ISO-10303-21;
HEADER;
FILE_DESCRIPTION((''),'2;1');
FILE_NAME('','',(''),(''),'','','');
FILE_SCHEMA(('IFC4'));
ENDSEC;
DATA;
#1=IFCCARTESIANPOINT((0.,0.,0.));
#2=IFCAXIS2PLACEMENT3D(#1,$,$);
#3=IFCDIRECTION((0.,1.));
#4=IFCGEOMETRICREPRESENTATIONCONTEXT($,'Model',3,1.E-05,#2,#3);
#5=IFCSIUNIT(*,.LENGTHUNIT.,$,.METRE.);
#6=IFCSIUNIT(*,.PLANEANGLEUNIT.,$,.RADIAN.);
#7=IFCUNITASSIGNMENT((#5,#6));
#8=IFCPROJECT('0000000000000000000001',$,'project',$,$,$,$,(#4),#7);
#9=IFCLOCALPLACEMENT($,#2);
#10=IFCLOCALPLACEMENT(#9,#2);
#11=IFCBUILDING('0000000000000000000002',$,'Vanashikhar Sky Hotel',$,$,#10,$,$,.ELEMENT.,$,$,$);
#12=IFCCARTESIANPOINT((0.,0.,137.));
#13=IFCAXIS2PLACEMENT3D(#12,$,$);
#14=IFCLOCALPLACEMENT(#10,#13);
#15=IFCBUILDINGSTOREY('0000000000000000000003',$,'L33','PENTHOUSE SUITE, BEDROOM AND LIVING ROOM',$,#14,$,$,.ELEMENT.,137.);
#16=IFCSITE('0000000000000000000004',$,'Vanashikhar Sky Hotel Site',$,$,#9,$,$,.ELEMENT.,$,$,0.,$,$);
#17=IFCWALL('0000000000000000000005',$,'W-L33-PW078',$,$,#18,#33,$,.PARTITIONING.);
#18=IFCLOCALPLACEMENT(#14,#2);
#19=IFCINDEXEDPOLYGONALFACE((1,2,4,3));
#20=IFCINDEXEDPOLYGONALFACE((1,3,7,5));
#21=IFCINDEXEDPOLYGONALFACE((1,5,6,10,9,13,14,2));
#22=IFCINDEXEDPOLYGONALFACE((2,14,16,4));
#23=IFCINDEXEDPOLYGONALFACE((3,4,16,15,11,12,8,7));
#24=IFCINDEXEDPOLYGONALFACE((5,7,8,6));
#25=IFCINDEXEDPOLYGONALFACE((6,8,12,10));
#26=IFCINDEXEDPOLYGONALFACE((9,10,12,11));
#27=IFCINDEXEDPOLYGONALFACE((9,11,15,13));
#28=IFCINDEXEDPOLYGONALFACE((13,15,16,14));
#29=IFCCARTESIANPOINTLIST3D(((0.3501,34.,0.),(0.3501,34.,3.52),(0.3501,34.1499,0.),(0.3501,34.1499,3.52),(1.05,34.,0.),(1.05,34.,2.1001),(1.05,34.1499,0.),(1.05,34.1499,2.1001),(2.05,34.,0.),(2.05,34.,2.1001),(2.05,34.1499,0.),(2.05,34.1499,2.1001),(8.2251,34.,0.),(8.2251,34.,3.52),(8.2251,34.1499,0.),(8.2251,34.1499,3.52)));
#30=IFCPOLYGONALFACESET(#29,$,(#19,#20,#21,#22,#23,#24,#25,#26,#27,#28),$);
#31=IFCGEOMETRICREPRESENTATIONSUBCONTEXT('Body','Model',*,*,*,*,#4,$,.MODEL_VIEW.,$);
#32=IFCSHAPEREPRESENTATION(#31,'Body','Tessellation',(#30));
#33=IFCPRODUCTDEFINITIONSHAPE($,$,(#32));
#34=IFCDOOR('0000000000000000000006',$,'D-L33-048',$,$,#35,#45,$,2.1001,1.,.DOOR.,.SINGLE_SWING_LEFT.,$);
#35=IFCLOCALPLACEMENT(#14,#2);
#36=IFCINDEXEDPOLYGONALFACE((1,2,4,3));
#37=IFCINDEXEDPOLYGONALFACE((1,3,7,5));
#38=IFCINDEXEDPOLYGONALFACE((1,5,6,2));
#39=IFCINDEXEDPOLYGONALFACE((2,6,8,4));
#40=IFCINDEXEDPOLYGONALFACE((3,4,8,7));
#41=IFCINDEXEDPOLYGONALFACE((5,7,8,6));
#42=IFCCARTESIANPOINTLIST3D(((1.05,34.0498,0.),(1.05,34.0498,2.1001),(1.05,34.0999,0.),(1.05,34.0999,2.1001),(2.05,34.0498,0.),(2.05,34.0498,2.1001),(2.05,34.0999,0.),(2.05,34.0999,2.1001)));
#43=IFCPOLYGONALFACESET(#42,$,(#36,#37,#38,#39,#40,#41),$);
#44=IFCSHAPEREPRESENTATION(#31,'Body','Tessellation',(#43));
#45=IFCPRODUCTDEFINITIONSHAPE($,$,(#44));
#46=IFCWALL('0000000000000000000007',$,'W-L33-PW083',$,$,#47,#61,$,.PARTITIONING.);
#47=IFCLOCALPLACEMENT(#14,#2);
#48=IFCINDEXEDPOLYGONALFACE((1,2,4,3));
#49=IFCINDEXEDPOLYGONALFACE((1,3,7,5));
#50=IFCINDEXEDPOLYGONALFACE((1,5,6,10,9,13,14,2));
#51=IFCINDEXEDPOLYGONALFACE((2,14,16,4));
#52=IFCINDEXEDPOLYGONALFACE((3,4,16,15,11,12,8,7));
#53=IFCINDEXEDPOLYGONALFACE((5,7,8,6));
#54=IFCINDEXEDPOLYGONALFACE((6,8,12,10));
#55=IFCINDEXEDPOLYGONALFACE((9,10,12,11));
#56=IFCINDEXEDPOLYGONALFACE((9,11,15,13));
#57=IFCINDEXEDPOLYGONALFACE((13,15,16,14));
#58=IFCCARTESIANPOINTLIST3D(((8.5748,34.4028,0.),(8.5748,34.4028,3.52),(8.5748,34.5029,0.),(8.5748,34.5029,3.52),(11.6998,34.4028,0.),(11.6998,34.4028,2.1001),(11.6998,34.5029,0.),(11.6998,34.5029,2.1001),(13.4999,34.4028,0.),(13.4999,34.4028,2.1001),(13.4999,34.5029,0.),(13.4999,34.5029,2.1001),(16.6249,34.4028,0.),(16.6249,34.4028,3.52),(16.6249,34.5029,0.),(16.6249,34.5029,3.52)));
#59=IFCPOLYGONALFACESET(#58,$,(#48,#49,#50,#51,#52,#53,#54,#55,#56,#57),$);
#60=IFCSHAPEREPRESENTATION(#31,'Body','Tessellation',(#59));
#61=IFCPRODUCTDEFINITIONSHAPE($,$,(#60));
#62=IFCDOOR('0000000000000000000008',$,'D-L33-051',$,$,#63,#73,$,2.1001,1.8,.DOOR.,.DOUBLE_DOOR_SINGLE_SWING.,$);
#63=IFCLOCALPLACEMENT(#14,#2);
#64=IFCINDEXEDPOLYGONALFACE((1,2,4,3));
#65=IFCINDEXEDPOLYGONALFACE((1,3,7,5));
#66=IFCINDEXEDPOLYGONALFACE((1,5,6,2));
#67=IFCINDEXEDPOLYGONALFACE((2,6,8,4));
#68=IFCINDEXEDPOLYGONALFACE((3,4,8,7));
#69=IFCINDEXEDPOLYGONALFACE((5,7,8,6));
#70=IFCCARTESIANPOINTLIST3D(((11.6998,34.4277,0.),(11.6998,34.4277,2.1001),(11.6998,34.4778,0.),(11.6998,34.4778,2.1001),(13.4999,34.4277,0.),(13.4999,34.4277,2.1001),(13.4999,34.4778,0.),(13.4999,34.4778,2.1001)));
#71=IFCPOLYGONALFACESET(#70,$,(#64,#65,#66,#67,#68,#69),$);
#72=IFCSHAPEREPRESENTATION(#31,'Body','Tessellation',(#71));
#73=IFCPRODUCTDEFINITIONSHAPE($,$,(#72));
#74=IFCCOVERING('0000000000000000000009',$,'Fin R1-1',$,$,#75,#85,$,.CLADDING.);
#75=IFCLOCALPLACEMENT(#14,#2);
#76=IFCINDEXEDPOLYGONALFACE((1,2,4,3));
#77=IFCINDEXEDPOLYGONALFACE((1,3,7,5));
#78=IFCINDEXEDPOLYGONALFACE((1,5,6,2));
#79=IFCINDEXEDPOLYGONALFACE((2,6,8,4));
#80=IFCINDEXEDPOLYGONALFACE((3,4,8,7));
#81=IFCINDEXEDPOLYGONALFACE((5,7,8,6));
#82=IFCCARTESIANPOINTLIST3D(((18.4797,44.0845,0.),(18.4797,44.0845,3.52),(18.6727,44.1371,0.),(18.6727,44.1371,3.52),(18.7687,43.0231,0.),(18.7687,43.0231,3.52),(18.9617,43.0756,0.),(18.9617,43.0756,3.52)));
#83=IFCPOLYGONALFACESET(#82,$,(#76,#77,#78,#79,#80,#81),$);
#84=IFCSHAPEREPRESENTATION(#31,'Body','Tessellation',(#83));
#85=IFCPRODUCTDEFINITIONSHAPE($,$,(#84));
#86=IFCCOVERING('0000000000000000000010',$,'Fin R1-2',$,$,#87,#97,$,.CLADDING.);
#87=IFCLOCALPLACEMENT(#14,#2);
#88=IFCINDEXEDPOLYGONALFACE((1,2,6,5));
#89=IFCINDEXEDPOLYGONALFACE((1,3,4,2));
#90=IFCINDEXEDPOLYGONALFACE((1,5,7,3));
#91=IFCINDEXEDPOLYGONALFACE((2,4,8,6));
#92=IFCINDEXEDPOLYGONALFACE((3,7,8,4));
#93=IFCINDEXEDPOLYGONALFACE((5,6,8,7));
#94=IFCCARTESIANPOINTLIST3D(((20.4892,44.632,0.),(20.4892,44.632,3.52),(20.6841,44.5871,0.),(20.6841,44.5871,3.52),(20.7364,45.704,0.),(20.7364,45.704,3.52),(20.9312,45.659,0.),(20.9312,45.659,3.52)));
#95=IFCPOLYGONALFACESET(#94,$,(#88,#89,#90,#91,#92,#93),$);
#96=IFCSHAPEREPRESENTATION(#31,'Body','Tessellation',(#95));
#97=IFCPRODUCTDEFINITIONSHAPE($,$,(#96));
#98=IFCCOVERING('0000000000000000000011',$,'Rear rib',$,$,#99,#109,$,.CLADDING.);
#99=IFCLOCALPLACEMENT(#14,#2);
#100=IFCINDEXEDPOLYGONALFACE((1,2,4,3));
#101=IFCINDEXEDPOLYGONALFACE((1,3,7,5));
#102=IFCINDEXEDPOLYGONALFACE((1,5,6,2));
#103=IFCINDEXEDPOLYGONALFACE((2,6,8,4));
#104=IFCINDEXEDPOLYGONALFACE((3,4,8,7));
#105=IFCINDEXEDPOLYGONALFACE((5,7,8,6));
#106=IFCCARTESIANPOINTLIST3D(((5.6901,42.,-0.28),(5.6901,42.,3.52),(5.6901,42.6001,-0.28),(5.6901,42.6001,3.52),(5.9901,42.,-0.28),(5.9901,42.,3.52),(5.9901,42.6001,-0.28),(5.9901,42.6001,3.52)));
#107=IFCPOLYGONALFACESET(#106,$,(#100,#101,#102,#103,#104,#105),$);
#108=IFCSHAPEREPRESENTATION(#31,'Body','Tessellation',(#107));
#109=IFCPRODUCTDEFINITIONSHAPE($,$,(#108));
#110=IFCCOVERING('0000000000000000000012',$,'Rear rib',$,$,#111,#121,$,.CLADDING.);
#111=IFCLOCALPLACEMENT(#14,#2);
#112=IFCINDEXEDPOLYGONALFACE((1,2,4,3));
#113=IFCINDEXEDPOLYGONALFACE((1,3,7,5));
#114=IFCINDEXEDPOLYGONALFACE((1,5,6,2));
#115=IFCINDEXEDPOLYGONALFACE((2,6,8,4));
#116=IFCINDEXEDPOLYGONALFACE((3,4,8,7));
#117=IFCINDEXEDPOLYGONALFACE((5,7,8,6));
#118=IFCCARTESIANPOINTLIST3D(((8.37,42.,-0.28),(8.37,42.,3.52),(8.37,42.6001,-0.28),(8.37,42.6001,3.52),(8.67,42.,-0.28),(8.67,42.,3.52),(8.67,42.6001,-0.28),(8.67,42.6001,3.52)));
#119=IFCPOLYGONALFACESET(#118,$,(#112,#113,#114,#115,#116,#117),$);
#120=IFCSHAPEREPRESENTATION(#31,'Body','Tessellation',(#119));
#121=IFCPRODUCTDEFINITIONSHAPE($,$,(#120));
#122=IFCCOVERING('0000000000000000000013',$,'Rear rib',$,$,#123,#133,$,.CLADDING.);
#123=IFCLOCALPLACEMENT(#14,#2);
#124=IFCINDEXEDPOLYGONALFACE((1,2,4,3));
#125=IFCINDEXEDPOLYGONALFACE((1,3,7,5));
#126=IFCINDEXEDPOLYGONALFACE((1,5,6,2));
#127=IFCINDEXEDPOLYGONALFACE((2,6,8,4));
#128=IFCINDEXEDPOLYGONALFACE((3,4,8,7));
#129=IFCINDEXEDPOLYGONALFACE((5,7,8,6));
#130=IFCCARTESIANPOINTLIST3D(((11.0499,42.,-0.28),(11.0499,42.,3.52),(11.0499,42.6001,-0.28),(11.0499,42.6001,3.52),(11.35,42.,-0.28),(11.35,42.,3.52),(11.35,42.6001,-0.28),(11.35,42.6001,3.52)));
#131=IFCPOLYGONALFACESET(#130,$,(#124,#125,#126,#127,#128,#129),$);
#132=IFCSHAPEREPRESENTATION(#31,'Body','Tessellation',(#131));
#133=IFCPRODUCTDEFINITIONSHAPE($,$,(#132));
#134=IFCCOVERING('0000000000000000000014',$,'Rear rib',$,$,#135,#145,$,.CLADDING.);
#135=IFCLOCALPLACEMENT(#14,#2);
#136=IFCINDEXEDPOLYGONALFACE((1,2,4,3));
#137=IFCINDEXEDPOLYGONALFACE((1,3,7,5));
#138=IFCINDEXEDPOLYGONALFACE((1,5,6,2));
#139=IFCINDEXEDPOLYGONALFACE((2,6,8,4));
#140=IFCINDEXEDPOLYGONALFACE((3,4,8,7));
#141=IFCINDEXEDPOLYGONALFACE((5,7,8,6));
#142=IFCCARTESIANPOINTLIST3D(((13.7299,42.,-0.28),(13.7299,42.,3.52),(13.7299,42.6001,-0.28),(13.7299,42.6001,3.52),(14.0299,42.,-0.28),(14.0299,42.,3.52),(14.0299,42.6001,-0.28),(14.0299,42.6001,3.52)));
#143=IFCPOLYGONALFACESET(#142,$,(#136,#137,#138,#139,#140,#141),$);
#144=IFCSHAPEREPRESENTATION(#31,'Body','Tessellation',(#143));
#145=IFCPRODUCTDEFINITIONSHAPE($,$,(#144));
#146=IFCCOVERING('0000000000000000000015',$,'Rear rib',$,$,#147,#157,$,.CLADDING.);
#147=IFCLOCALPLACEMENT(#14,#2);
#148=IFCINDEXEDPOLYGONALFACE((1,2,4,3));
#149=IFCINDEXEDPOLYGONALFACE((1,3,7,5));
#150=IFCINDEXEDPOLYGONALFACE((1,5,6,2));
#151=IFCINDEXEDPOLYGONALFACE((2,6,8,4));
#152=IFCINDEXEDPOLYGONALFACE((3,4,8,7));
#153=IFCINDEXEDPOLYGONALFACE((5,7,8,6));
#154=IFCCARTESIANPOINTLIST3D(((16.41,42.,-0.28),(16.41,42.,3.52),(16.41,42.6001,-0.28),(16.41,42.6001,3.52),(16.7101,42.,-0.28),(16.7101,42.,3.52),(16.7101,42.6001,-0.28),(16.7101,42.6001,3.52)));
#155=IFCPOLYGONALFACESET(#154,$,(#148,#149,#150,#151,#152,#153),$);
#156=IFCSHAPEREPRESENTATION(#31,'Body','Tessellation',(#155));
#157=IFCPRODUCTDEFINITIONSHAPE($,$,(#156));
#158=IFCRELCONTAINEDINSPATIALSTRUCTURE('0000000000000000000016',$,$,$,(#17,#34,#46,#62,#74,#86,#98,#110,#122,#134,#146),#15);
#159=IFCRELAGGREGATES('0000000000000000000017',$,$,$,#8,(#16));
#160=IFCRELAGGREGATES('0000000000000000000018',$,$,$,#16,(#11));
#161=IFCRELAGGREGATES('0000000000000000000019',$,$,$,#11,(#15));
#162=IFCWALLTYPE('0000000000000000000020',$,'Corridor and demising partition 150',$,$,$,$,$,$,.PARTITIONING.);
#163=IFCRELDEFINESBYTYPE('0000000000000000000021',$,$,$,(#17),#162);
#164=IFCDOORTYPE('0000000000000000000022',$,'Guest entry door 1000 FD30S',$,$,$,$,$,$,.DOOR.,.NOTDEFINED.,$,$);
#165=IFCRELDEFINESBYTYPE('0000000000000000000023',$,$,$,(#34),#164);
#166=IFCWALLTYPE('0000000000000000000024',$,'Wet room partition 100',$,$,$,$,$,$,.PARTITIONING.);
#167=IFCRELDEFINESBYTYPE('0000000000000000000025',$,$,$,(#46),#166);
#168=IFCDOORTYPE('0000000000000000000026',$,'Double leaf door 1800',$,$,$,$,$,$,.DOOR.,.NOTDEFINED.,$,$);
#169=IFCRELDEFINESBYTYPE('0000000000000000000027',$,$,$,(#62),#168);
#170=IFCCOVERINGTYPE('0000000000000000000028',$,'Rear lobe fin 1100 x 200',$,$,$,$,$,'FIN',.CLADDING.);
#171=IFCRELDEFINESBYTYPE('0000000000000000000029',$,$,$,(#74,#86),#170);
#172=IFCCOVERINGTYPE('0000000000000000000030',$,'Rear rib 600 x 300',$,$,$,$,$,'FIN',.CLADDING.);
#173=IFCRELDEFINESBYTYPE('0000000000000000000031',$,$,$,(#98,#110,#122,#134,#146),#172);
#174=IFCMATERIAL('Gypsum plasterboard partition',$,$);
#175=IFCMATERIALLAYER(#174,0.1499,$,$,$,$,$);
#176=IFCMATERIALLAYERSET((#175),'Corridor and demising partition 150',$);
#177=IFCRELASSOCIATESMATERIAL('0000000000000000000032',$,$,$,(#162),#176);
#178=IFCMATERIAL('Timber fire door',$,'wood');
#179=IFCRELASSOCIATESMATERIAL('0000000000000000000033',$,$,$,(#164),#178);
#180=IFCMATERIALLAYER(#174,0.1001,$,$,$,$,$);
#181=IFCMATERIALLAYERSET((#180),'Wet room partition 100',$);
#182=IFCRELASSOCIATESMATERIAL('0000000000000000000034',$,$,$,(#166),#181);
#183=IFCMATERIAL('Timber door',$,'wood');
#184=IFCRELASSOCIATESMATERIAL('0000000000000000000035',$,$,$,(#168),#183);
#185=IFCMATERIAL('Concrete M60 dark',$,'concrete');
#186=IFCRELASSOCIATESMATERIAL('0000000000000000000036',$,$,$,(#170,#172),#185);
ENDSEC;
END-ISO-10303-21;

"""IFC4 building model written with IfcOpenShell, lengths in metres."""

from ifc_helpers import new_model, si_unit, direction, frame, frame_2d, origin, origin_2d, place, context, subcontext, project, spatial, rectangle, extrude, source, transform, mapped, material, layer, layer_set, material_profile, profile_set, type_object, element, fill, save


model = new_model("IFC4")

# Units and contexts
model_context = context("Model", 3, precision=1e-05, world=origin(), true_north=direction((0.0, 1.0)))
body_context = subcontext(model_context, "Body", "Model", "MODEL_VIEW")
ifc_project = project(units=[si_unit("LENGTHUNIT", "METRE"), si_unit("PLANEANGLEUNIT", "RADIAN")], contexts=[model_context])

# Site, building, storey
site_placement = place(None, origin())
site = spatial("IfcSite", under=ifc_project, at=site_placement, Name="Vanashikhar Sky Hotel Site", CompositionType="ELEMENT", RefElevation=0.0)
building_placement = place(site_placement, origin())
building = spatial("IfcBuilding", under=site, at=building_placement, Name="Vanashikhar Sky Hotel", CompositionType="ELEMENT")
storey_placement = place(building_placement, frame((0.0, 0.0, 137.0)))
storey = spatial("IfcBuildingStorey", under=building, at=storey_placement, Name="L33", Description="PENTHOUSE SUITE, BEDROOM AND LIVING ROOM", CompositionType="ELEMENT", Elevation=137.0)

# Shared definitions
shared_shape_1 = source(origin(), body_context, "Body", "SweptSolid", [
    extrude(rectangle(XDim=1.0, YDim=2.1001, at=frame_2d((0.5, 1.05))), frame((0.0, 0.0249, 0.0), z_axis=(0.0, -1.0, 0.0), x_axis=(1.0, 0.0, 0.0)), (0.0, 0.0, 1.0), 0.05),
])
ifc_material_1 = material(Name="Gypsum plasterboard partition")
ifc_layer_1 = layer(ifc_material_1, 0.1499)
ifc_layer_set_1 = layer_set([ifc_layer_1], Name="Corridor and demising partition 150")
wall_type_1 = type_object("IfcWallType", Name="Corridor and demising partition 150", PredefinedType="PARTITIONING", material=ifc_layer_set_1)
shared_shape_2 = source(origin(), body_context, "Body", "SweptSolid", [
    extrude(rectangle(XDim=1.0, YDim=2.1001, at=frame_2d((0.5, 1.05))), frame((0.0, 0.085, 0.0), z_axis=(0.0, -1.0, 0.0), x_axis=(1.0, 0.0, 0.0)), (0.0, 0.0, 1.0), 0.1699),
])
ifc_material_2 = material(Name="Timber fire door", Category="wood")
door_type_1 = type_object("IfcDoorType", Name="Guest entry door 1000 FD30S", OperationType="NOTDEFINED", PredefinedType="DOOR", material=ifc_material_2)

# Walls, openings, doors
shared_shape_3 = source(origin(), body_context, "Body", "SweptSolid", [
    extrude(rectangle(XDim=7.875, YDim=0.1499, at=frame_2d((3.9375, 0.0))), origin(), (0.0, 0.0, 1.0), 3.52),
])
wall_1_placement = place(storey_placement, frame((0.3501, 34.075, 0.0), z_axis=(0.0, 0.0, 1.0), x_axis=(1.0, 0.0, 0.0)))
wall_1 = element("IfcWall", 1, at=wall_1_placement, inside=storey, type_object=wall_type_1, Name="W-L33-PW078", PredefinedType="PARTITIONING", context=body_context, shape_type="MappedRepresentation", body=[
    mapped(shared_shape_3, transform((0.0, 0.0, 0.0), scale=1.0)),
])
opening_1_placement = place(wall_1_placement, frame((0.7, 0.0, 0.0)))
opening_1 = element("IfcOpeningElement", 2, at=opening_1_placement, cuts=wall_1, PredefinedType="OPENING", context=body_context, shape_type="MappedRepresentation", body=[
    mapped(shared_shape_2, transform((0.0, 0.0, 0.0), scale=1.0)),
])
door_1_placement = place(opening_1_placement, origin())
door_1 = element("IfcDoor", 3, at=door_1_placement, inside=storey, type_object=door_type_1, Name="D-L33-048", OperationType="SINGLE_SWING_LEFT", OverallHeight=2.1001, OverallWidth=1.0, PredefinedType="DOOR", context=body_context, shape_type="MappedRepresentation", body=[
    mapped(shared_shape_1, transform((0.0, 0.0, 0.0), scale=1.0)),
])
fill(opening_1, door_1)
ifc_layer_2 = layer(ifc_material_1, 0.1001)
ifc_layer_set_2 = layer_set([ifc_layer_2], Name="Wet room partition 100")
wall_type_2 = type_object("IfcWallType", Name="Wet room partition 100", PredefinedType="PARTITIONING", material=ifc_layer_set_2)
shared_shape_4 = source(origin(), body_context, "Body", "SweptSolid", [
    extrude(rectangle(XDim=8.05, YDim=0.1001, at=frame_2d((4.0249, 0.0))), origin(), (0.0, 0.0, 1.0), 3.52),
])
wall_2_placement = place(storey_placement, frame((8.575, 34.4529, 0.0), z_axis=(0.0, 0.0, 1.0), x_axis=(1.0, 0.0, 0.0)))
wall_2 = element("IfcWall", 4, at=wall_2_placement, inside=storey, type_object=wall_type_2, Name="W-L33-PW083", PredefinedType="PARTITIONING", context=body_context, shape_type="MappedRepresentation", body=[
    mapped(shared_shape_4, transform((0.0, 0.0, 0.0), scale=1.0)),
])
shared_shape_5 = source(origin(), body_context, "Body", "SweptSolid", [
    extrude(rectangle(XDim=1.8, YDim=2.1001, at=frame_2d((0.8999, 1.05))), frame((0.0, 0.0601, 0.0), z_axis=(0.0, -1.0, 0.0), x_axis=(1.0, 0.0, 0.0)), (0.0, 0.0, 1.0), 0.1201),
])
opening_2_placement = place(wall_2_placement, frame((3.125, 0.0, 0.0)))
opening_2 = element("IfcOpeningElement", 5, at=opening_2_placement, cuts=wall_2, PredefinedType="OPENING", context=body_context, shape_type="MappedRepresentation", body=[
    mapped(shared_shape_5, transform((0.0, 0.0, 0.0), scale=1.0)),
])
ifc_material_3 = material(Name="Timber door", Category="wood")
door_type_2 = type_object("IfcDoorType", Name="Double leaf door 1800", OperationType="NOTDEFINED", PredefinedType="DOOR", material=ifc_material_3)
shared_shape_6 = source(origin(), body_context, "Body", "SweptSolid", [
    extrude(rectangle(XDim=1.8, YDim=2.1001, at=frame_2d((0.8999, 1.05))), frame((0.0, 0.0249, 0.0), z_axis=(0.0, -1.0, 0.0), x_axis=(1.0, 0.0, 0.0)), (0.0, 0.0, 1.0), 0.05),
])
door_2_placement = place(opening_2_placement, origin())
door_2 = element("IfcDoor", 6, at=door_2_placement, inside=storey, type_object=door_type_2, Name="D-L33-051", OperationType="DOUBLE_DOOR_SINGLE_SWING", OverallHeight=2.1001, OverallWidth=1.8, PredefinedType="DOOR", context=body_context, shape_type="MappedRepresentation", body=[
    mapped(shared_shape_6, transform((0.0, 0.0, 0.0), scale=1.0)),
])
fill(opening_2, door_2)

# Coverings
ifc_material_4 = material(Name="Concrete M60 dark", Category="concrete")
ifc_material_profile_1 = material_profile(ifc_material_4, rectangle(XDim=1.1001, YDim=0.2, at=origin_2d()))
ifc_profile_set_1 = profile_set([ifc_material_profile_1], Name="Rear lobe fin 1100 x 200")
covering_type_1 = type_object("IfcCoveringType", Name="Rear lobe fin 1100 x 200", ElementType="FIN", PredefinedType="CLADDING", material=ifc_profile_set_1)
shared_shape_7 = source(origin(), body_context, "Body", "SweptSolid", [
    extrude(rectangle(XDim=1.1001, YDim=0.2, at=origin_2d()), origin(), (0.0, 0.0, 1.0), 3.52),
])
for number, where, z_axis, x_axis, name in (
    (7, (18.7207, 43.5801, 0.0), (0.0, 0.0, 1.0), (-0.262711, 0.964874, 0.0), "Fin R1-1"),
    (8, (20.7102, 45.1455, 0.0), (0.0, 0.0, 1.0), (0.224645, 0.974441, 0.0), "Fin R1-2"),
):
    element("IfcCovering", number, at=place(storey_placement, frame(where, z_axis=z_axis, x_axis=x_axis)), inside=storey, type_object=covering_type_1, Name=name, PredefinedType="CLADDING", context=body_context, shape_type="MappedRepresentation", body=[
        mapped(shared_shape_7, transform((0.0, 0.0, 0.0), scale=1.0)),
    ])
ifc_material_profile_2 = material_profile(ifc_material_4, rectangle(XDim=0.6001, YDim=0.3, at=origin_2d()))
ifc_profile_set_2 = profile_set([ifc_material_profile_2], Name="Rear rib 600 x 300")
covering_type_2 = type_object("IfcCoveringType", Name="Rear rib 600 x 300", ElementType="FIN", PredefinedType="CLADDING", material=ifc_profile_set_2)
shared_shape_8 = source(origin(), body_context, "Body", "SweptSolid", [
    extrude(rectangle(XDim=0.6001, YDim=0.3, at=origin_2d()), origin(), (0.0, 0.0, 1.0), 3.8),
])
for number, where, z_axis, x_axis, name in (
    (9, (5.8401, 42.3, -0.28), (0.0, 0.0, 1.0), (0.0, 1.0, 0.0), "Rear rib"),
    (10, (8.52, 42.3, -0.28), (0.0, 0.0, 1.0), (0.0, 1.0, 0.0), "Rear rib"),
    (11, (11.2, 42.3, -0.28), (0.0, 0.0, 1.0), (0.0, 1.0, 0.0), "Rear rib"),
    (12, (13.8799, 42.3, -0.28), (0.0, 0.0, 1.0), (0.0, 1.0, 0.0), "Rear rib"),
    (13, (16.5601, 42.3, -0.28), (0.0, 0.0, 1.0), (0.0, 1.0, 0.0), "Rear rib"),
):
    element("IfcCovering", number, at=place(storey_placement, frame(where, z_axis=z_axis, x_axis=x_axis)), inside=storey, type_object=covering_type_2, Name=name, PredefinedType="CLADDING", context=body_context, shape_type="MappedRepresentation", body=[
        mapped(shared_shape_8, transform((0.0, 0.0, 0.0), scale=1.0)),
    ])

save(model, "model.ifc")
